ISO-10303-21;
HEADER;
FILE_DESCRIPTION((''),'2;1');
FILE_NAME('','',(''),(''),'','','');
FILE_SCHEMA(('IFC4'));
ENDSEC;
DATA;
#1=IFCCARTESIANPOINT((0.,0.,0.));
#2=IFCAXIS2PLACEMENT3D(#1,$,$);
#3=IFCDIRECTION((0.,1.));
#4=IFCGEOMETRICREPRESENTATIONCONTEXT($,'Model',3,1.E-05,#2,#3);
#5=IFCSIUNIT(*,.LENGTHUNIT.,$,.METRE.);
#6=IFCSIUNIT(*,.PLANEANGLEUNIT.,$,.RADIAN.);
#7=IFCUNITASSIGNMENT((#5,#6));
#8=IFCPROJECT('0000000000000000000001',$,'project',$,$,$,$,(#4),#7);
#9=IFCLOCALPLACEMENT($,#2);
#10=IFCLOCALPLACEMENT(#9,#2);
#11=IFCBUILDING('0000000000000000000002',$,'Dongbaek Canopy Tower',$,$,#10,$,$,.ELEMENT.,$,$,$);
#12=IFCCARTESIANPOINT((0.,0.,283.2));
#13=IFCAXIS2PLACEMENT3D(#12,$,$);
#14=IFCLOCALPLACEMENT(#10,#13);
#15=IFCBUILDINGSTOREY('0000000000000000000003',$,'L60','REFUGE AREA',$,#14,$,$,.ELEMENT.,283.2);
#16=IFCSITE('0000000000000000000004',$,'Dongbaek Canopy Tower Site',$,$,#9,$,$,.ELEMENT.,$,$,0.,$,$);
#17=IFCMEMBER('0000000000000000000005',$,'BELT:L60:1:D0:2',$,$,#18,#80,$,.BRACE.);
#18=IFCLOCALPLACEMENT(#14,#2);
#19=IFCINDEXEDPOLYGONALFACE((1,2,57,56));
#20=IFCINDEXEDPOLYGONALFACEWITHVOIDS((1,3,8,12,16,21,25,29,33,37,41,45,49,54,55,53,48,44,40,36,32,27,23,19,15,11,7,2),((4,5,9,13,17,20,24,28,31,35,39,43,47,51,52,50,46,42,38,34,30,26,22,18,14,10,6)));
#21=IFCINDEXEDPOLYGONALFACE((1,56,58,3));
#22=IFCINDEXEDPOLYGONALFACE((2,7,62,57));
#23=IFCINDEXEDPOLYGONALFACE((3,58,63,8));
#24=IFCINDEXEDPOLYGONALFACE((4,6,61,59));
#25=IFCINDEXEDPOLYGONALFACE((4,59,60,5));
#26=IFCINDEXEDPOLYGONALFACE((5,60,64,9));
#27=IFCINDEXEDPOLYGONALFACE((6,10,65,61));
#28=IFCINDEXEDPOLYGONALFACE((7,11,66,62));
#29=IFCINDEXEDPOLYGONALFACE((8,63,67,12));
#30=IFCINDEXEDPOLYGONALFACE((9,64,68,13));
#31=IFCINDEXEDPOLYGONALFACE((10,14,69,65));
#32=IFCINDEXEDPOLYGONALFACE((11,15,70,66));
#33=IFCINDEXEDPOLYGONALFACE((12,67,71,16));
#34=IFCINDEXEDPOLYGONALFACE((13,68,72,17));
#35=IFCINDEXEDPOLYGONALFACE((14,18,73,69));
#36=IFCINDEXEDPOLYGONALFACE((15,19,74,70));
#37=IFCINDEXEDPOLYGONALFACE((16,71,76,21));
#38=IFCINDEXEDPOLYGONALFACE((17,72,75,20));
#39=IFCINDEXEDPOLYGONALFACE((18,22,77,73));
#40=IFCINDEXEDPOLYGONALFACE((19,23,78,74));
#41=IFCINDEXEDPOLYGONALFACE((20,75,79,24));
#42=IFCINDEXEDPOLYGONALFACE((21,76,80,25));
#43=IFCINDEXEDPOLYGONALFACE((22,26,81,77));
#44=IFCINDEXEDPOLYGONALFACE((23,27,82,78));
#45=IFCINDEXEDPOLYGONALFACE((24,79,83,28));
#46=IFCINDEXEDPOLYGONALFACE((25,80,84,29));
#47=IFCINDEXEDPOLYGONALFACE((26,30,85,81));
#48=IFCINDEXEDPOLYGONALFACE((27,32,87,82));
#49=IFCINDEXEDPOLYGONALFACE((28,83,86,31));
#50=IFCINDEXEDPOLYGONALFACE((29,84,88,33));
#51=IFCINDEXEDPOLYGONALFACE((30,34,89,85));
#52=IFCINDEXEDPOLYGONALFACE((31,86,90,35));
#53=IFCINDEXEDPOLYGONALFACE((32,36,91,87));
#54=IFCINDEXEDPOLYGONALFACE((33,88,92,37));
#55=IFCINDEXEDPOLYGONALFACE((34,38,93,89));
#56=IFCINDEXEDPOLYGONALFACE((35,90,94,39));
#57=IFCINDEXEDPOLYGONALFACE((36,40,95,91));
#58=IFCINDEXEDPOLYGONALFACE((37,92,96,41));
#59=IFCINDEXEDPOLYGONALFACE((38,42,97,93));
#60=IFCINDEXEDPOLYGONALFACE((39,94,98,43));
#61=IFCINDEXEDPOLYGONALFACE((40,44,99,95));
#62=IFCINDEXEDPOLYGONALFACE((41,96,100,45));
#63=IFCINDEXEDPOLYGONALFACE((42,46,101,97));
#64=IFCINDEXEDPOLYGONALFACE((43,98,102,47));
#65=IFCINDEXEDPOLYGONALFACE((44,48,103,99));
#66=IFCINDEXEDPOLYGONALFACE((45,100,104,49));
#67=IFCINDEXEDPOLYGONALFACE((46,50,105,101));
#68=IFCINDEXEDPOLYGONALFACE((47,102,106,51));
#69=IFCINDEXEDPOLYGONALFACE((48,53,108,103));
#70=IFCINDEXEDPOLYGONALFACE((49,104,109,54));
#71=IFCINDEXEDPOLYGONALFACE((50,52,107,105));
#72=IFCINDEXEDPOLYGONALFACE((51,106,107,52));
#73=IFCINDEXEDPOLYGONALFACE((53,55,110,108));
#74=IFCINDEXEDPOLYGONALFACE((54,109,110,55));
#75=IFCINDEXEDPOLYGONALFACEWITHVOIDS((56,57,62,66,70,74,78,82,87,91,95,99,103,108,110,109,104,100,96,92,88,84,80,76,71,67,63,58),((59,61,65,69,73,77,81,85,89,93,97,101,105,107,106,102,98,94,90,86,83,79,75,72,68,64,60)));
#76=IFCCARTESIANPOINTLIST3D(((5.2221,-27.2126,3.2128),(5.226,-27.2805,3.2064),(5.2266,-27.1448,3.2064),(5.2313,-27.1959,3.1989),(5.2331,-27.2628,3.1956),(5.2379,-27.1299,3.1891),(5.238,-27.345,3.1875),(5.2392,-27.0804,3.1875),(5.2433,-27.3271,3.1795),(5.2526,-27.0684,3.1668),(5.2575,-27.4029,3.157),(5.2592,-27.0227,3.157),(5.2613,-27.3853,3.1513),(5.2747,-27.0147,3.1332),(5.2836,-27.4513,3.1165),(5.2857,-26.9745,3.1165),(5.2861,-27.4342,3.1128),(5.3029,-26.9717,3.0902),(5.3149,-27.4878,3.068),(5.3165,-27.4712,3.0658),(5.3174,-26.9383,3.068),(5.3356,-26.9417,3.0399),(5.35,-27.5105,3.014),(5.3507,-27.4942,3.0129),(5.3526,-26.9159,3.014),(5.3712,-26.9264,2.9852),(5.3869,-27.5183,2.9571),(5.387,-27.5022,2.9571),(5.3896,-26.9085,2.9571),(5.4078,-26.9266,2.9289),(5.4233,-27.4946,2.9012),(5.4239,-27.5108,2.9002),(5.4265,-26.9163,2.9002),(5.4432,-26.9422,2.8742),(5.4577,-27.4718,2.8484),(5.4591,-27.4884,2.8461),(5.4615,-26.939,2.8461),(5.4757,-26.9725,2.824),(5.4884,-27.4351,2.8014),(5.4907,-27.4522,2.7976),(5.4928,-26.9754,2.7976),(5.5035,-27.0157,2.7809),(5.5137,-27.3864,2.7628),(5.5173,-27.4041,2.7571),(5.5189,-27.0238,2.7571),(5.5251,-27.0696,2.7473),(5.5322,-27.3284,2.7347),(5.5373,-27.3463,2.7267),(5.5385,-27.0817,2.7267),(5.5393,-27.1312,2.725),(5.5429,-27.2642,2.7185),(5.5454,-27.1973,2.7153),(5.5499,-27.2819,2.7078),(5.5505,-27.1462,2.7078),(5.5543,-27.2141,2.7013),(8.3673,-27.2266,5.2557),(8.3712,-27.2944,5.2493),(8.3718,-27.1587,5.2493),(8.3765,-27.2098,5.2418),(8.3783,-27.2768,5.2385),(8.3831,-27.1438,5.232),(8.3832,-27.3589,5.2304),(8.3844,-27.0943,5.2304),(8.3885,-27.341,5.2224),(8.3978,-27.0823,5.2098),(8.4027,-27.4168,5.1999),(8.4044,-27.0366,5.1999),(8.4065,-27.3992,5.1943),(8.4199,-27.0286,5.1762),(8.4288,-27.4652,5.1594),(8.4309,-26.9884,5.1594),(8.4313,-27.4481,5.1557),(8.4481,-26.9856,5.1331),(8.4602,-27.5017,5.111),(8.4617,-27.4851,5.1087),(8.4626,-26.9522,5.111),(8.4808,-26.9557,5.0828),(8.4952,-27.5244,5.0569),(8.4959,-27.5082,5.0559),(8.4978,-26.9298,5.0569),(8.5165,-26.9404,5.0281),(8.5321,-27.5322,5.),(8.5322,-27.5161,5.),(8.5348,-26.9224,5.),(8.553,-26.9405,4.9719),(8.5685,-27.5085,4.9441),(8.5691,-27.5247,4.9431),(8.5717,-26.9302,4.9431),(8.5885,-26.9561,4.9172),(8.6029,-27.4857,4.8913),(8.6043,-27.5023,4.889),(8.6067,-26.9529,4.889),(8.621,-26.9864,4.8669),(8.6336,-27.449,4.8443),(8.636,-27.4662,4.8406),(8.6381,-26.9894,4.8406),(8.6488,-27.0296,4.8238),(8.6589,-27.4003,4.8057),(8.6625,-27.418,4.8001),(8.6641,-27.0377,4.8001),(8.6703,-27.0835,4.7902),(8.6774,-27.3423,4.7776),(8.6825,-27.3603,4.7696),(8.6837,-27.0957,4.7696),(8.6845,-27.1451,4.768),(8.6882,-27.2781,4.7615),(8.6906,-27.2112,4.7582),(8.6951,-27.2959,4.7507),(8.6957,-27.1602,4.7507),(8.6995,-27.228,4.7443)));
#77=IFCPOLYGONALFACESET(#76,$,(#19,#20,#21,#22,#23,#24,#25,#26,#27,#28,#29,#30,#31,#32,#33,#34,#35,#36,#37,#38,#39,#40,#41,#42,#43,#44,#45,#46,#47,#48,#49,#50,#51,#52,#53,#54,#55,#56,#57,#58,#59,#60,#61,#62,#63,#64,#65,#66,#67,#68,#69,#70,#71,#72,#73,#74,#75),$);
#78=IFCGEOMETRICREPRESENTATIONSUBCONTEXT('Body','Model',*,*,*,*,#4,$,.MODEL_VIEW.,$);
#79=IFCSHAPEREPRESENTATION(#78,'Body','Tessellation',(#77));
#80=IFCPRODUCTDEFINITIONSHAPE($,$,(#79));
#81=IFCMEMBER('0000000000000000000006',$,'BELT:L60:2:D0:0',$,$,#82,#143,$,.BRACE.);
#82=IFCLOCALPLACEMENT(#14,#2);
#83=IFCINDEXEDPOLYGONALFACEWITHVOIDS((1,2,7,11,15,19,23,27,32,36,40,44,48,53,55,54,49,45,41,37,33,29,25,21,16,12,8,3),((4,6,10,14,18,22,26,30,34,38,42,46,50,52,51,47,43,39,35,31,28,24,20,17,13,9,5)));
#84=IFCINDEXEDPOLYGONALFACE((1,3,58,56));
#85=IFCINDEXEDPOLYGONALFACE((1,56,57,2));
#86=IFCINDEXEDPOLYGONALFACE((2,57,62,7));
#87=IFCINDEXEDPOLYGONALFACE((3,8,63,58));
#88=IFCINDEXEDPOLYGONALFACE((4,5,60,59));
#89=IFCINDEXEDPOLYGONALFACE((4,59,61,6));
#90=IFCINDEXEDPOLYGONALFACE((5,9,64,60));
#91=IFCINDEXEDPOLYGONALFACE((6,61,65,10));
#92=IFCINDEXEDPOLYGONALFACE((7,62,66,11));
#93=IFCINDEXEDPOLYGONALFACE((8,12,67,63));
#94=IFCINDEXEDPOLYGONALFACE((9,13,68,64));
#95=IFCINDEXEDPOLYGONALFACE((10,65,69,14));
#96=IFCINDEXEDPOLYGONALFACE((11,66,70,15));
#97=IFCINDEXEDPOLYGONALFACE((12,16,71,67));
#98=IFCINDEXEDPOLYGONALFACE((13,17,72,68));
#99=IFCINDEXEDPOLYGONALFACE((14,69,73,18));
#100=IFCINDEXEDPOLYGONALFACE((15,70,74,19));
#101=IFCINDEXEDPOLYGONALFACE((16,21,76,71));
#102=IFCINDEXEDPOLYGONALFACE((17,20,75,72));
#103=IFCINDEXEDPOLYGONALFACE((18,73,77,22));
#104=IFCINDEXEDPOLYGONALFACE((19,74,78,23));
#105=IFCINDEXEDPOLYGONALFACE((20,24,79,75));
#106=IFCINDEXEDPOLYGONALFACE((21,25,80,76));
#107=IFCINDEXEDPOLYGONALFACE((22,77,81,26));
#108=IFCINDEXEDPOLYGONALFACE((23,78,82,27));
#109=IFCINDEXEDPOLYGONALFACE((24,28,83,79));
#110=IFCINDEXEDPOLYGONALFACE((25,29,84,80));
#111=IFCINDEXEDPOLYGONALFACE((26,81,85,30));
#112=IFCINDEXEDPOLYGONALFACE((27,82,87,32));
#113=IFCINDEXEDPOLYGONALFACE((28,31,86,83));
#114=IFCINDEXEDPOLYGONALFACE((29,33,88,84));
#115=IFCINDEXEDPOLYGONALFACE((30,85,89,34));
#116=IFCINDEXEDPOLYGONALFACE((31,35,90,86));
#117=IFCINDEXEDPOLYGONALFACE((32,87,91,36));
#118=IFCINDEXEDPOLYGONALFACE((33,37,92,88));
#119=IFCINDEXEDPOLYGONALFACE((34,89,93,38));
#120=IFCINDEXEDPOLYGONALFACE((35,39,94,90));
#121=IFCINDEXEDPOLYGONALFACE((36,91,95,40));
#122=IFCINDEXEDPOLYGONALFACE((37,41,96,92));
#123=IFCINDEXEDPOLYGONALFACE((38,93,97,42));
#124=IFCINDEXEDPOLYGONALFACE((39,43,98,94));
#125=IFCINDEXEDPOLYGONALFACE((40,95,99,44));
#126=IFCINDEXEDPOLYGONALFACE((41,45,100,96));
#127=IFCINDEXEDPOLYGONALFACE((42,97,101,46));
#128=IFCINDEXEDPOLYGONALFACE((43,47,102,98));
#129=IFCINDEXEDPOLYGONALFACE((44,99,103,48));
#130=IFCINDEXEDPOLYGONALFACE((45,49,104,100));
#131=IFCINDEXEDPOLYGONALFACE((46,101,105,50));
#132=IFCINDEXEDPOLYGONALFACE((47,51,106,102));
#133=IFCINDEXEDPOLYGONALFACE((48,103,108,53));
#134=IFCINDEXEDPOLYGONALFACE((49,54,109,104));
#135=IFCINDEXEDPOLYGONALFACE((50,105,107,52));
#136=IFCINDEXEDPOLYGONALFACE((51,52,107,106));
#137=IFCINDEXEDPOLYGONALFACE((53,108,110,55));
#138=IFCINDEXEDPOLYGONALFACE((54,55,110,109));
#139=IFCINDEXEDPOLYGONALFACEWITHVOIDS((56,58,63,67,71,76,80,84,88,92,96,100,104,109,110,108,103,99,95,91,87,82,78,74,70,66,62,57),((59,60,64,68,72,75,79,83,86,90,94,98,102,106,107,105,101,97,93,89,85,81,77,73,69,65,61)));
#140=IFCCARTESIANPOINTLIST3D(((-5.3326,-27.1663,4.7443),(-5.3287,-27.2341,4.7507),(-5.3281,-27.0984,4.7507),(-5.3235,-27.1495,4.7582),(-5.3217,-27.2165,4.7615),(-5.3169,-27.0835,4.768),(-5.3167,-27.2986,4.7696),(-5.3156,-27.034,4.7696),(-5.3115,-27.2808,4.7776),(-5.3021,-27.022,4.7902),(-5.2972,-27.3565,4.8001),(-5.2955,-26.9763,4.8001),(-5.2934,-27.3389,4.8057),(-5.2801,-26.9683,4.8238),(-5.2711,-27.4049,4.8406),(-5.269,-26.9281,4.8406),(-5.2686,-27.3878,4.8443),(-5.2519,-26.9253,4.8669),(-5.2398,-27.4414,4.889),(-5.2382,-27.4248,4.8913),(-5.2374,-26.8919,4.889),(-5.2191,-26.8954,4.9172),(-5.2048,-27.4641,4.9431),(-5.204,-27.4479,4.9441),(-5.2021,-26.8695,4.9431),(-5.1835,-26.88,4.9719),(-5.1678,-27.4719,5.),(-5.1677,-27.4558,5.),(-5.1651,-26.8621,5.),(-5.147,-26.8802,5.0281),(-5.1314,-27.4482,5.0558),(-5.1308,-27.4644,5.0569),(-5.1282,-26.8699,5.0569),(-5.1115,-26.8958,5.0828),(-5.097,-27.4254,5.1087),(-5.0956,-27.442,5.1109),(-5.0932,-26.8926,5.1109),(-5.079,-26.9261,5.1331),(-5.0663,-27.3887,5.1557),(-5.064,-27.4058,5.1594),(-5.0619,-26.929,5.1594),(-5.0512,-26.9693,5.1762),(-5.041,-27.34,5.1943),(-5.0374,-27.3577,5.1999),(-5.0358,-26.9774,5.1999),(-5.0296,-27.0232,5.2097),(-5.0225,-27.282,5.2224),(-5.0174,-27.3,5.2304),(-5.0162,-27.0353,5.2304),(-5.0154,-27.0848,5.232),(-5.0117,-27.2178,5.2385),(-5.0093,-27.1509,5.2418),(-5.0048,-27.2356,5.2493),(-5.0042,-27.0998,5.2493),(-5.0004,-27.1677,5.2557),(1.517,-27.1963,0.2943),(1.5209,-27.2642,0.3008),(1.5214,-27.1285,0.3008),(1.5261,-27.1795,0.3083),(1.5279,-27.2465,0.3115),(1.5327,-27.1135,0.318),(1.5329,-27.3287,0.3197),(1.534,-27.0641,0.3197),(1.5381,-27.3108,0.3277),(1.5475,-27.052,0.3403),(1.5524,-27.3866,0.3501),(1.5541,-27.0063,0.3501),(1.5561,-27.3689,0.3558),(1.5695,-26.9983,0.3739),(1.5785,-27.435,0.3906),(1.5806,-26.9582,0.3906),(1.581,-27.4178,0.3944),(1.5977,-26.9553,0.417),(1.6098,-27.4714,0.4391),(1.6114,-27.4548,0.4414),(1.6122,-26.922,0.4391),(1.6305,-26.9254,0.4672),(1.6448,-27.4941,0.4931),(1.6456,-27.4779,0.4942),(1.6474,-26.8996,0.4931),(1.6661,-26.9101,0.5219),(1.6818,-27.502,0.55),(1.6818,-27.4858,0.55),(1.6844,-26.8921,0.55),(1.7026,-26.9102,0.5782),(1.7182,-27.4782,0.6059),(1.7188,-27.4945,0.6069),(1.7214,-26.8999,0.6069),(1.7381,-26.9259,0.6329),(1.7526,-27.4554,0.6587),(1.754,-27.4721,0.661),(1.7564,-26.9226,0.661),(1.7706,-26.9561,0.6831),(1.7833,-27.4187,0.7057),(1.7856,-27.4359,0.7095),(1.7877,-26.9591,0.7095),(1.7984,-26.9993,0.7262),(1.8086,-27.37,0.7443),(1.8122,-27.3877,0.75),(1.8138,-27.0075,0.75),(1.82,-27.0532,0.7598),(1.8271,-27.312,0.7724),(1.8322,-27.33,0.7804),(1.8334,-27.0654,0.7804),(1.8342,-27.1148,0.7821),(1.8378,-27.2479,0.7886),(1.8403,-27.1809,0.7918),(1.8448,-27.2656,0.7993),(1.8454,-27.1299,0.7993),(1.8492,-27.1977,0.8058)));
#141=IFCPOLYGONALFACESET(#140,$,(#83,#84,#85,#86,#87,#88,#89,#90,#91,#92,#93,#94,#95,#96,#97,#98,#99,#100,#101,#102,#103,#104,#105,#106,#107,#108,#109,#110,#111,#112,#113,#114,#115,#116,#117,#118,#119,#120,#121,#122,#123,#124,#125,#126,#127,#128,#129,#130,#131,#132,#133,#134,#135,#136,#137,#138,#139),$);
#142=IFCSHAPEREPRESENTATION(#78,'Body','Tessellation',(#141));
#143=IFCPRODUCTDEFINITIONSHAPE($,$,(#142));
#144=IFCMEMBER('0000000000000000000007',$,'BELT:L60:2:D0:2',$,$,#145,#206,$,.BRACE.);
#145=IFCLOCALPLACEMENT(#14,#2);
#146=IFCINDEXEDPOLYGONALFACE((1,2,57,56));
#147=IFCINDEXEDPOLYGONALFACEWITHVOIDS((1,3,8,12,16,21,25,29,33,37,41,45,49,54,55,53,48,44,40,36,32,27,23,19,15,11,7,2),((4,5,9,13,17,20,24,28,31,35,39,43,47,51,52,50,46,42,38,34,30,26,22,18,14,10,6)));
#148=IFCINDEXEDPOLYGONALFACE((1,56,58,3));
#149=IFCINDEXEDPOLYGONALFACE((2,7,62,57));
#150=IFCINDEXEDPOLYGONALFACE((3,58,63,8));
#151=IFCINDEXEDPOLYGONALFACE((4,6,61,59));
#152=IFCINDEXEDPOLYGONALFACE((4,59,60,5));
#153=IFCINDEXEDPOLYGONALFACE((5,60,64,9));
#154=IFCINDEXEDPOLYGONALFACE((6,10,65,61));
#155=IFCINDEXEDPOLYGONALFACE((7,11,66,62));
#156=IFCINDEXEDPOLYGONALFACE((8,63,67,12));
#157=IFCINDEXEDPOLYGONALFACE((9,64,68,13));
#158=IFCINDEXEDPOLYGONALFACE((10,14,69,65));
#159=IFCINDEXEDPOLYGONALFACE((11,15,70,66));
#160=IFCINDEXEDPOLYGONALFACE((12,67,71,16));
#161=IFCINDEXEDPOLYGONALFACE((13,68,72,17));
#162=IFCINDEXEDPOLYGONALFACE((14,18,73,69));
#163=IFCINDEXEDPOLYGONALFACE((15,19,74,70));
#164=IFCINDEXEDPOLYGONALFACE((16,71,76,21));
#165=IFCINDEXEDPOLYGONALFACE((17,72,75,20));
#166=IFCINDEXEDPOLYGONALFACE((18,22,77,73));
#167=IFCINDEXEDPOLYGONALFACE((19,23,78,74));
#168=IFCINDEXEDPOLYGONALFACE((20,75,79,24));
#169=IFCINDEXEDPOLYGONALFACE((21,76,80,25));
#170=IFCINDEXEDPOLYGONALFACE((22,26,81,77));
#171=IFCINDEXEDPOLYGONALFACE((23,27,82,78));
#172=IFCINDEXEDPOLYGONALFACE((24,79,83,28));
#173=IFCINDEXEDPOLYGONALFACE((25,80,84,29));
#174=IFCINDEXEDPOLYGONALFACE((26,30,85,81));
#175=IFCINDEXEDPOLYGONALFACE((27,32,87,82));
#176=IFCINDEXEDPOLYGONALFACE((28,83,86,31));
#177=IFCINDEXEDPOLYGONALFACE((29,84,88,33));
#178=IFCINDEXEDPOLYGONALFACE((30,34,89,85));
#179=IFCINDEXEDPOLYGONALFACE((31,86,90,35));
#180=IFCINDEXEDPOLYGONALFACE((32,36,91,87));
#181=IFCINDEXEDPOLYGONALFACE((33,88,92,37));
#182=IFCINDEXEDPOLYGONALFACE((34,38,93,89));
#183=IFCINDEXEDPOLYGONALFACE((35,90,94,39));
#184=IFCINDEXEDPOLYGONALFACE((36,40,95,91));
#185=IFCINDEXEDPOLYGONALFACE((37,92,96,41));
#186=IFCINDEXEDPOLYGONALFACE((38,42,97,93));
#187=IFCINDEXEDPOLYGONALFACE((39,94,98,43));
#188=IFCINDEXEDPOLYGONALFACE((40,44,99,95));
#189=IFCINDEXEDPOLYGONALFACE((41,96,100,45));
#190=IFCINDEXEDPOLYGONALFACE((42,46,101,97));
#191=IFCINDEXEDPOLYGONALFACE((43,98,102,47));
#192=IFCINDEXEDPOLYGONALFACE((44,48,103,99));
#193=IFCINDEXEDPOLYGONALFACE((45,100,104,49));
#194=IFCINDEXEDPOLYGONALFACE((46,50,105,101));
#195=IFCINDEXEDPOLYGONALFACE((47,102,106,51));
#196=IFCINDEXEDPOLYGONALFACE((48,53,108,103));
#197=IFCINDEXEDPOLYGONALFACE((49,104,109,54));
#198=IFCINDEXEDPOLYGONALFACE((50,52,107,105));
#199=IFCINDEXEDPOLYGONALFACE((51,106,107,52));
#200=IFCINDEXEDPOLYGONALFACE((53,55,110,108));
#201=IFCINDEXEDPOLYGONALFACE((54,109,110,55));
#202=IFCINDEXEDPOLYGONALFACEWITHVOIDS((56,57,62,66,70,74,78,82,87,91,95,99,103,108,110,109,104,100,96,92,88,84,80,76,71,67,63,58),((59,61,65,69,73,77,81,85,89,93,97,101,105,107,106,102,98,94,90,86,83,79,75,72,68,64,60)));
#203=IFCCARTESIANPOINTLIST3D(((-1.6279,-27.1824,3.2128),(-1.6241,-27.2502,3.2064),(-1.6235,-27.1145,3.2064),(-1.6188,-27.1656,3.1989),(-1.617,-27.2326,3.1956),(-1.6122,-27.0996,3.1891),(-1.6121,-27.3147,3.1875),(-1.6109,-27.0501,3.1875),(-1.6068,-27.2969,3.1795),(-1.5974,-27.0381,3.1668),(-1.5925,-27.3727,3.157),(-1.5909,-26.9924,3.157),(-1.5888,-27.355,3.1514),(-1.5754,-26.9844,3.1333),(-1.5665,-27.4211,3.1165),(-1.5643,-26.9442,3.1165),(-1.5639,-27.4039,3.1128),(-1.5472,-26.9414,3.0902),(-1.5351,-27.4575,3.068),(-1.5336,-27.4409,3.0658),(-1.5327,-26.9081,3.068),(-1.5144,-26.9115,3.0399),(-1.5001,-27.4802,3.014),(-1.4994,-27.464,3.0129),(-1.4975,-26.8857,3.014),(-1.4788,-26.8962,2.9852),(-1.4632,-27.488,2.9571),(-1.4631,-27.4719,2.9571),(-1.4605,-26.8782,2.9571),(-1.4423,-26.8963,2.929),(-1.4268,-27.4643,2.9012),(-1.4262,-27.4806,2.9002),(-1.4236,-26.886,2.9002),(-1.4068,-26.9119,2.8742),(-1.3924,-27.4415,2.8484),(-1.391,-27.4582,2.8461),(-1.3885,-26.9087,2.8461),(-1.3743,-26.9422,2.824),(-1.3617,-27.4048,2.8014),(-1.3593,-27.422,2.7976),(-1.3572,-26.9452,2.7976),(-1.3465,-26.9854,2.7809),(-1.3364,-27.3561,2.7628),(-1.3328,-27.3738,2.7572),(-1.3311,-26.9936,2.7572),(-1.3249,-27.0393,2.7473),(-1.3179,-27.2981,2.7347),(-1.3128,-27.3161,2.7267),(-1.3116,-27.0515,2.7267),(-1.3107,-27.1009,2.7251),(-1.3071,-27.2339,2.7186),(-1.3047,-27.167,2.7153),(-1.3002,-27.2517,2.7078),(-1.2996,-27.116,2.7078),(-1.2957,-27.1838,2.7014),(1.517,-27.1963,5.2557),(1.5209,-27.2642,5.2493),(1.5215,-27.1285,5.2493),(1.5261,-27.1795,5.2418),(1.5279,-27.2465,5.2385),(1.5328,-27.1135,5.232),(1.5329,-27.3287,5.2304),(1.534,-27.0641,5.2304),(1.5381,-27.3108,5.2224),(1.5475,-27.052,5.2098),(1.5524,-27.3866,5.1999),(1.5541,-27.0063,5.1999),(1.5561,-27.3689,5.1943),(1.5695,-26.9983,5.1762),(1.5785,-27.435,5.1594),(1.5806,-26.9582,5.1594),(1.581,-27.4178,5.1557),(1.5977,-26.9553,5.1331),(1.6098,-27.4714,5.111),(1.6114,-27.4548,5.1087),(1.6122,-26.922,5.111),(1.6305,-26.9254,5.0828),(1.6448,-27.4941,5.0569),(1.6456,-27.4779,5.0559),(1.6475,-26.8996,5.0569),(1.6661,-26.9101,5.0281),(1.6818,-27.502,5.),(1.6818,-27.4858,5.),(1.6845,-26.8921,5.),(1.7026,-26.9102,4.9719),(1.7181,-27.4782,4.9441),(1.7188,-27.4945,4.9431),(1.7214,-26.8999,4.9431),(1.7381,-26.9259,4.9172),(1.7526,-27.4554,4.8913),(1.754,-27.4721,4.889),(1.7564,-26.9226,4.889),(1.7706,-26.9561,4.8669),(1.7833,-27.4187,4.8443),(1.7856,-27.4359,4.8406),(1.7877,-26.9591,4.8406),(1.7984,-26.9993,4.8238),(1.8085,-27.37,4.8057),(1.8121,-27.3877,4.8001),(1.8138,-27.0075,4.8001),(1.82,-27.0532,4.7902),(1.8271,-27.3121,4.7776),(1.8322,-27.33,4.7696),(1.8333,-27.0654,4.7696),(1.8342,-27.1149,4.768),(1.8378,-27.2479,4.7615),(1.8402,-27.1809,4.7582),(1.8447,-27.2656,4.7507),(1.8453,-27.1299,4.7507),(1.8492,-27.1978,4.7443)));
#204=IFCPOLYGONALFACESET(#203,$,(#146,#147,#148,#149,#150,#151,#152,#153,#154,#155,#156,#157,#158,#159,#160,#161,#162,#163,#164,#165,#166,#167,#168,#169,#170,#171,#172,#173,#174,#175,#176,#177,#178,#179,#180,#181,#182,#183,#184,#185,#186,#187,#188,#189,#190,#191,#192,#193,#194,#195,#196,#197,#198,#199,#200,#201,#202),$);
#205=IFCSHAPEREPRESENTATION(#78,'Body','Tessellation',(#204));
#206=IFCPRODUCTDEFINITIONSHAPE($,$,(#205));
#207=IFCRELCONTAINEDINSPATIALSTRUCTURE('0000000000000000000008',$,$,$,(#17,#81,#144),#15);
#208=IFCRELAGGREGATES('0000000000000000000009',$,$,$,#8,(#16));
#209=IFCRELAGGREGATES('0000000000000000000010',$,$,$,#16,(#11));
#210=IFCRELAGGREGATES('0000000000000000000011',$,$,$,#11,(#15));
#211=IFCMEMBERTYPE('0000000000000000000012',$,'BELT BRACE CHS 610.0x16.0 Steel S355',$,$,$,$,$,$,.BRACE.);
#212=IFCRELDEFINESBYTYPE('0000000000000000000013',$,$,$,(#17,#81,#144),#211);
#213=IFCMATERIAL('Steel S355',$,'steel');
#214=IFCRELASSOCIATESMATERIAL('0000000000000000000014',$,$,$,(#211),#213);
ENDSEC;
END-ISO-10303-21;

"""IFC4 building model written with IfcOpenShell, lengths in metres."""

from ifc_helpers import new_model, si_unit, direction, frame, origin, origin_2d, place, context, subcontext, project, spatial, hollow_circle, extrude, material, material_profile, profile_set, type_object, element, save


model = new_model("IFC4")

# Units and contexts
model_context = context("Model", 3, precision=1e-05, world=origin(), true_north=direction((0.0, 1.0)))
body_context = subcontext(model_context, "Body", "Model", "MODEL_VIEW")
ifc_project = project(units=[si_unit("LENGTHUNIT", "METRE"), si_unit("PLANEANGLEUNIT", "RADIAN")], contexts=[model_context])

# Site, building, storey
site_placement = place(None, origin())
site = spatial("IfcSite", under=ifc_project, at=site_placement, Name="Dongbaek Canopy Tower Site", CompositionType="ELEMENT", RefElevation=0.0)
building_placement = place(site_placement, origin())
building = spatial("IfcBuilding", under=site, at=building_placement, Name="Dongbaek Canopy Tower", CompositionType="ELEMENT")
storey_placement = place(building_placement, frame((0.0, 0.0, 283.2)))
storey = spatial("IfcBuildingStorey", under=building, at=storey_placement, Name="L60", Description="REFUGE AREA", CompositionType="ELEMENT", Elevation=283.2)

# Members
ifc_material_1 = material(Name="Steel S355", Category="steel")
ifc_material_profile_1 = material_profile(ifc_material_1, hollow_circle(Radius=0.3049, WallThickness=0.0161, at=origin_2d()), Name="BELT BRACE CHS 610.0x16.0 Steel S355")
ifc_profile_set_1 = profile_set([ifc_material_profile_1], Name="Steel S355")
member_type_1 = type_object("IfcMemberType", Name="BELT BRACE CHS 610.0x16.0 Steel S355", PredefinedType="BRACE", material=ifc_profile_set_1)
member_1_placement = place(storey_placement, frame((8.5334, -27.2273, 5.0), z_axis=(-0.838615, 0.00371, -0.544712), x_axis=(-0.004424, -0.99999, 0.0)))
element("IfcMember", 1, at=member_1_placement, inside=storey, type_object=member_type_1, Name="BELT:L60:1:D0:2", PredefinedType="BRACE", context=body_context, shape_type="SweptSolid", body=[
    extrude(hollow_circle(Radius=0.3049, WallThickness=0.0161, at=origin_2d()), origin(), (0.0, 0.0, 1.0), 3.7505),
])
member_2_placement = place(storey_placement, frame((1.6831, -27.197, 0.55), z_axis=(-0.838566, 0.003676, 0.544787), x_axis=(-0.004384, -0.99999, 0.0)))
element("IfcMember", 2, at=member_2_placement, inside=storey, type_object=member_type_1, Name="BELT:L60:2:D0:0", PredefinedType="BRACE", context=body_context, shape_type="SweptSolid", body=[
    extrude(hollow_circle(Radius=0.3049, WallThickness=0.0161, at=origin_2d()), origin(), (0.0, 0.0, 1.0), 8.1682),
])
member_3_placement = place(storey_placement, frame((1.6831, -27.197, 5.0), z_axis=(-0.838595, 0.003711, -0.544742), x_axis=(-0.004425, -0.99999, 0.0)))
element("IfcMember", 3, at=member_3_placement, inside=storey, type_object=member_type_1, Name="BELT:L60:2:D0:2", PredefinedType="BRACE", context=body_context, shape_type="SweptSolid", body=[
    extrude(hollow_circle(Radius=0.3049, WallThickness=0.0161, at=origin_2d()), origin(), (0.0, 0.0, 1.0), 3.7502),
])

save(model, "model.ifc")
